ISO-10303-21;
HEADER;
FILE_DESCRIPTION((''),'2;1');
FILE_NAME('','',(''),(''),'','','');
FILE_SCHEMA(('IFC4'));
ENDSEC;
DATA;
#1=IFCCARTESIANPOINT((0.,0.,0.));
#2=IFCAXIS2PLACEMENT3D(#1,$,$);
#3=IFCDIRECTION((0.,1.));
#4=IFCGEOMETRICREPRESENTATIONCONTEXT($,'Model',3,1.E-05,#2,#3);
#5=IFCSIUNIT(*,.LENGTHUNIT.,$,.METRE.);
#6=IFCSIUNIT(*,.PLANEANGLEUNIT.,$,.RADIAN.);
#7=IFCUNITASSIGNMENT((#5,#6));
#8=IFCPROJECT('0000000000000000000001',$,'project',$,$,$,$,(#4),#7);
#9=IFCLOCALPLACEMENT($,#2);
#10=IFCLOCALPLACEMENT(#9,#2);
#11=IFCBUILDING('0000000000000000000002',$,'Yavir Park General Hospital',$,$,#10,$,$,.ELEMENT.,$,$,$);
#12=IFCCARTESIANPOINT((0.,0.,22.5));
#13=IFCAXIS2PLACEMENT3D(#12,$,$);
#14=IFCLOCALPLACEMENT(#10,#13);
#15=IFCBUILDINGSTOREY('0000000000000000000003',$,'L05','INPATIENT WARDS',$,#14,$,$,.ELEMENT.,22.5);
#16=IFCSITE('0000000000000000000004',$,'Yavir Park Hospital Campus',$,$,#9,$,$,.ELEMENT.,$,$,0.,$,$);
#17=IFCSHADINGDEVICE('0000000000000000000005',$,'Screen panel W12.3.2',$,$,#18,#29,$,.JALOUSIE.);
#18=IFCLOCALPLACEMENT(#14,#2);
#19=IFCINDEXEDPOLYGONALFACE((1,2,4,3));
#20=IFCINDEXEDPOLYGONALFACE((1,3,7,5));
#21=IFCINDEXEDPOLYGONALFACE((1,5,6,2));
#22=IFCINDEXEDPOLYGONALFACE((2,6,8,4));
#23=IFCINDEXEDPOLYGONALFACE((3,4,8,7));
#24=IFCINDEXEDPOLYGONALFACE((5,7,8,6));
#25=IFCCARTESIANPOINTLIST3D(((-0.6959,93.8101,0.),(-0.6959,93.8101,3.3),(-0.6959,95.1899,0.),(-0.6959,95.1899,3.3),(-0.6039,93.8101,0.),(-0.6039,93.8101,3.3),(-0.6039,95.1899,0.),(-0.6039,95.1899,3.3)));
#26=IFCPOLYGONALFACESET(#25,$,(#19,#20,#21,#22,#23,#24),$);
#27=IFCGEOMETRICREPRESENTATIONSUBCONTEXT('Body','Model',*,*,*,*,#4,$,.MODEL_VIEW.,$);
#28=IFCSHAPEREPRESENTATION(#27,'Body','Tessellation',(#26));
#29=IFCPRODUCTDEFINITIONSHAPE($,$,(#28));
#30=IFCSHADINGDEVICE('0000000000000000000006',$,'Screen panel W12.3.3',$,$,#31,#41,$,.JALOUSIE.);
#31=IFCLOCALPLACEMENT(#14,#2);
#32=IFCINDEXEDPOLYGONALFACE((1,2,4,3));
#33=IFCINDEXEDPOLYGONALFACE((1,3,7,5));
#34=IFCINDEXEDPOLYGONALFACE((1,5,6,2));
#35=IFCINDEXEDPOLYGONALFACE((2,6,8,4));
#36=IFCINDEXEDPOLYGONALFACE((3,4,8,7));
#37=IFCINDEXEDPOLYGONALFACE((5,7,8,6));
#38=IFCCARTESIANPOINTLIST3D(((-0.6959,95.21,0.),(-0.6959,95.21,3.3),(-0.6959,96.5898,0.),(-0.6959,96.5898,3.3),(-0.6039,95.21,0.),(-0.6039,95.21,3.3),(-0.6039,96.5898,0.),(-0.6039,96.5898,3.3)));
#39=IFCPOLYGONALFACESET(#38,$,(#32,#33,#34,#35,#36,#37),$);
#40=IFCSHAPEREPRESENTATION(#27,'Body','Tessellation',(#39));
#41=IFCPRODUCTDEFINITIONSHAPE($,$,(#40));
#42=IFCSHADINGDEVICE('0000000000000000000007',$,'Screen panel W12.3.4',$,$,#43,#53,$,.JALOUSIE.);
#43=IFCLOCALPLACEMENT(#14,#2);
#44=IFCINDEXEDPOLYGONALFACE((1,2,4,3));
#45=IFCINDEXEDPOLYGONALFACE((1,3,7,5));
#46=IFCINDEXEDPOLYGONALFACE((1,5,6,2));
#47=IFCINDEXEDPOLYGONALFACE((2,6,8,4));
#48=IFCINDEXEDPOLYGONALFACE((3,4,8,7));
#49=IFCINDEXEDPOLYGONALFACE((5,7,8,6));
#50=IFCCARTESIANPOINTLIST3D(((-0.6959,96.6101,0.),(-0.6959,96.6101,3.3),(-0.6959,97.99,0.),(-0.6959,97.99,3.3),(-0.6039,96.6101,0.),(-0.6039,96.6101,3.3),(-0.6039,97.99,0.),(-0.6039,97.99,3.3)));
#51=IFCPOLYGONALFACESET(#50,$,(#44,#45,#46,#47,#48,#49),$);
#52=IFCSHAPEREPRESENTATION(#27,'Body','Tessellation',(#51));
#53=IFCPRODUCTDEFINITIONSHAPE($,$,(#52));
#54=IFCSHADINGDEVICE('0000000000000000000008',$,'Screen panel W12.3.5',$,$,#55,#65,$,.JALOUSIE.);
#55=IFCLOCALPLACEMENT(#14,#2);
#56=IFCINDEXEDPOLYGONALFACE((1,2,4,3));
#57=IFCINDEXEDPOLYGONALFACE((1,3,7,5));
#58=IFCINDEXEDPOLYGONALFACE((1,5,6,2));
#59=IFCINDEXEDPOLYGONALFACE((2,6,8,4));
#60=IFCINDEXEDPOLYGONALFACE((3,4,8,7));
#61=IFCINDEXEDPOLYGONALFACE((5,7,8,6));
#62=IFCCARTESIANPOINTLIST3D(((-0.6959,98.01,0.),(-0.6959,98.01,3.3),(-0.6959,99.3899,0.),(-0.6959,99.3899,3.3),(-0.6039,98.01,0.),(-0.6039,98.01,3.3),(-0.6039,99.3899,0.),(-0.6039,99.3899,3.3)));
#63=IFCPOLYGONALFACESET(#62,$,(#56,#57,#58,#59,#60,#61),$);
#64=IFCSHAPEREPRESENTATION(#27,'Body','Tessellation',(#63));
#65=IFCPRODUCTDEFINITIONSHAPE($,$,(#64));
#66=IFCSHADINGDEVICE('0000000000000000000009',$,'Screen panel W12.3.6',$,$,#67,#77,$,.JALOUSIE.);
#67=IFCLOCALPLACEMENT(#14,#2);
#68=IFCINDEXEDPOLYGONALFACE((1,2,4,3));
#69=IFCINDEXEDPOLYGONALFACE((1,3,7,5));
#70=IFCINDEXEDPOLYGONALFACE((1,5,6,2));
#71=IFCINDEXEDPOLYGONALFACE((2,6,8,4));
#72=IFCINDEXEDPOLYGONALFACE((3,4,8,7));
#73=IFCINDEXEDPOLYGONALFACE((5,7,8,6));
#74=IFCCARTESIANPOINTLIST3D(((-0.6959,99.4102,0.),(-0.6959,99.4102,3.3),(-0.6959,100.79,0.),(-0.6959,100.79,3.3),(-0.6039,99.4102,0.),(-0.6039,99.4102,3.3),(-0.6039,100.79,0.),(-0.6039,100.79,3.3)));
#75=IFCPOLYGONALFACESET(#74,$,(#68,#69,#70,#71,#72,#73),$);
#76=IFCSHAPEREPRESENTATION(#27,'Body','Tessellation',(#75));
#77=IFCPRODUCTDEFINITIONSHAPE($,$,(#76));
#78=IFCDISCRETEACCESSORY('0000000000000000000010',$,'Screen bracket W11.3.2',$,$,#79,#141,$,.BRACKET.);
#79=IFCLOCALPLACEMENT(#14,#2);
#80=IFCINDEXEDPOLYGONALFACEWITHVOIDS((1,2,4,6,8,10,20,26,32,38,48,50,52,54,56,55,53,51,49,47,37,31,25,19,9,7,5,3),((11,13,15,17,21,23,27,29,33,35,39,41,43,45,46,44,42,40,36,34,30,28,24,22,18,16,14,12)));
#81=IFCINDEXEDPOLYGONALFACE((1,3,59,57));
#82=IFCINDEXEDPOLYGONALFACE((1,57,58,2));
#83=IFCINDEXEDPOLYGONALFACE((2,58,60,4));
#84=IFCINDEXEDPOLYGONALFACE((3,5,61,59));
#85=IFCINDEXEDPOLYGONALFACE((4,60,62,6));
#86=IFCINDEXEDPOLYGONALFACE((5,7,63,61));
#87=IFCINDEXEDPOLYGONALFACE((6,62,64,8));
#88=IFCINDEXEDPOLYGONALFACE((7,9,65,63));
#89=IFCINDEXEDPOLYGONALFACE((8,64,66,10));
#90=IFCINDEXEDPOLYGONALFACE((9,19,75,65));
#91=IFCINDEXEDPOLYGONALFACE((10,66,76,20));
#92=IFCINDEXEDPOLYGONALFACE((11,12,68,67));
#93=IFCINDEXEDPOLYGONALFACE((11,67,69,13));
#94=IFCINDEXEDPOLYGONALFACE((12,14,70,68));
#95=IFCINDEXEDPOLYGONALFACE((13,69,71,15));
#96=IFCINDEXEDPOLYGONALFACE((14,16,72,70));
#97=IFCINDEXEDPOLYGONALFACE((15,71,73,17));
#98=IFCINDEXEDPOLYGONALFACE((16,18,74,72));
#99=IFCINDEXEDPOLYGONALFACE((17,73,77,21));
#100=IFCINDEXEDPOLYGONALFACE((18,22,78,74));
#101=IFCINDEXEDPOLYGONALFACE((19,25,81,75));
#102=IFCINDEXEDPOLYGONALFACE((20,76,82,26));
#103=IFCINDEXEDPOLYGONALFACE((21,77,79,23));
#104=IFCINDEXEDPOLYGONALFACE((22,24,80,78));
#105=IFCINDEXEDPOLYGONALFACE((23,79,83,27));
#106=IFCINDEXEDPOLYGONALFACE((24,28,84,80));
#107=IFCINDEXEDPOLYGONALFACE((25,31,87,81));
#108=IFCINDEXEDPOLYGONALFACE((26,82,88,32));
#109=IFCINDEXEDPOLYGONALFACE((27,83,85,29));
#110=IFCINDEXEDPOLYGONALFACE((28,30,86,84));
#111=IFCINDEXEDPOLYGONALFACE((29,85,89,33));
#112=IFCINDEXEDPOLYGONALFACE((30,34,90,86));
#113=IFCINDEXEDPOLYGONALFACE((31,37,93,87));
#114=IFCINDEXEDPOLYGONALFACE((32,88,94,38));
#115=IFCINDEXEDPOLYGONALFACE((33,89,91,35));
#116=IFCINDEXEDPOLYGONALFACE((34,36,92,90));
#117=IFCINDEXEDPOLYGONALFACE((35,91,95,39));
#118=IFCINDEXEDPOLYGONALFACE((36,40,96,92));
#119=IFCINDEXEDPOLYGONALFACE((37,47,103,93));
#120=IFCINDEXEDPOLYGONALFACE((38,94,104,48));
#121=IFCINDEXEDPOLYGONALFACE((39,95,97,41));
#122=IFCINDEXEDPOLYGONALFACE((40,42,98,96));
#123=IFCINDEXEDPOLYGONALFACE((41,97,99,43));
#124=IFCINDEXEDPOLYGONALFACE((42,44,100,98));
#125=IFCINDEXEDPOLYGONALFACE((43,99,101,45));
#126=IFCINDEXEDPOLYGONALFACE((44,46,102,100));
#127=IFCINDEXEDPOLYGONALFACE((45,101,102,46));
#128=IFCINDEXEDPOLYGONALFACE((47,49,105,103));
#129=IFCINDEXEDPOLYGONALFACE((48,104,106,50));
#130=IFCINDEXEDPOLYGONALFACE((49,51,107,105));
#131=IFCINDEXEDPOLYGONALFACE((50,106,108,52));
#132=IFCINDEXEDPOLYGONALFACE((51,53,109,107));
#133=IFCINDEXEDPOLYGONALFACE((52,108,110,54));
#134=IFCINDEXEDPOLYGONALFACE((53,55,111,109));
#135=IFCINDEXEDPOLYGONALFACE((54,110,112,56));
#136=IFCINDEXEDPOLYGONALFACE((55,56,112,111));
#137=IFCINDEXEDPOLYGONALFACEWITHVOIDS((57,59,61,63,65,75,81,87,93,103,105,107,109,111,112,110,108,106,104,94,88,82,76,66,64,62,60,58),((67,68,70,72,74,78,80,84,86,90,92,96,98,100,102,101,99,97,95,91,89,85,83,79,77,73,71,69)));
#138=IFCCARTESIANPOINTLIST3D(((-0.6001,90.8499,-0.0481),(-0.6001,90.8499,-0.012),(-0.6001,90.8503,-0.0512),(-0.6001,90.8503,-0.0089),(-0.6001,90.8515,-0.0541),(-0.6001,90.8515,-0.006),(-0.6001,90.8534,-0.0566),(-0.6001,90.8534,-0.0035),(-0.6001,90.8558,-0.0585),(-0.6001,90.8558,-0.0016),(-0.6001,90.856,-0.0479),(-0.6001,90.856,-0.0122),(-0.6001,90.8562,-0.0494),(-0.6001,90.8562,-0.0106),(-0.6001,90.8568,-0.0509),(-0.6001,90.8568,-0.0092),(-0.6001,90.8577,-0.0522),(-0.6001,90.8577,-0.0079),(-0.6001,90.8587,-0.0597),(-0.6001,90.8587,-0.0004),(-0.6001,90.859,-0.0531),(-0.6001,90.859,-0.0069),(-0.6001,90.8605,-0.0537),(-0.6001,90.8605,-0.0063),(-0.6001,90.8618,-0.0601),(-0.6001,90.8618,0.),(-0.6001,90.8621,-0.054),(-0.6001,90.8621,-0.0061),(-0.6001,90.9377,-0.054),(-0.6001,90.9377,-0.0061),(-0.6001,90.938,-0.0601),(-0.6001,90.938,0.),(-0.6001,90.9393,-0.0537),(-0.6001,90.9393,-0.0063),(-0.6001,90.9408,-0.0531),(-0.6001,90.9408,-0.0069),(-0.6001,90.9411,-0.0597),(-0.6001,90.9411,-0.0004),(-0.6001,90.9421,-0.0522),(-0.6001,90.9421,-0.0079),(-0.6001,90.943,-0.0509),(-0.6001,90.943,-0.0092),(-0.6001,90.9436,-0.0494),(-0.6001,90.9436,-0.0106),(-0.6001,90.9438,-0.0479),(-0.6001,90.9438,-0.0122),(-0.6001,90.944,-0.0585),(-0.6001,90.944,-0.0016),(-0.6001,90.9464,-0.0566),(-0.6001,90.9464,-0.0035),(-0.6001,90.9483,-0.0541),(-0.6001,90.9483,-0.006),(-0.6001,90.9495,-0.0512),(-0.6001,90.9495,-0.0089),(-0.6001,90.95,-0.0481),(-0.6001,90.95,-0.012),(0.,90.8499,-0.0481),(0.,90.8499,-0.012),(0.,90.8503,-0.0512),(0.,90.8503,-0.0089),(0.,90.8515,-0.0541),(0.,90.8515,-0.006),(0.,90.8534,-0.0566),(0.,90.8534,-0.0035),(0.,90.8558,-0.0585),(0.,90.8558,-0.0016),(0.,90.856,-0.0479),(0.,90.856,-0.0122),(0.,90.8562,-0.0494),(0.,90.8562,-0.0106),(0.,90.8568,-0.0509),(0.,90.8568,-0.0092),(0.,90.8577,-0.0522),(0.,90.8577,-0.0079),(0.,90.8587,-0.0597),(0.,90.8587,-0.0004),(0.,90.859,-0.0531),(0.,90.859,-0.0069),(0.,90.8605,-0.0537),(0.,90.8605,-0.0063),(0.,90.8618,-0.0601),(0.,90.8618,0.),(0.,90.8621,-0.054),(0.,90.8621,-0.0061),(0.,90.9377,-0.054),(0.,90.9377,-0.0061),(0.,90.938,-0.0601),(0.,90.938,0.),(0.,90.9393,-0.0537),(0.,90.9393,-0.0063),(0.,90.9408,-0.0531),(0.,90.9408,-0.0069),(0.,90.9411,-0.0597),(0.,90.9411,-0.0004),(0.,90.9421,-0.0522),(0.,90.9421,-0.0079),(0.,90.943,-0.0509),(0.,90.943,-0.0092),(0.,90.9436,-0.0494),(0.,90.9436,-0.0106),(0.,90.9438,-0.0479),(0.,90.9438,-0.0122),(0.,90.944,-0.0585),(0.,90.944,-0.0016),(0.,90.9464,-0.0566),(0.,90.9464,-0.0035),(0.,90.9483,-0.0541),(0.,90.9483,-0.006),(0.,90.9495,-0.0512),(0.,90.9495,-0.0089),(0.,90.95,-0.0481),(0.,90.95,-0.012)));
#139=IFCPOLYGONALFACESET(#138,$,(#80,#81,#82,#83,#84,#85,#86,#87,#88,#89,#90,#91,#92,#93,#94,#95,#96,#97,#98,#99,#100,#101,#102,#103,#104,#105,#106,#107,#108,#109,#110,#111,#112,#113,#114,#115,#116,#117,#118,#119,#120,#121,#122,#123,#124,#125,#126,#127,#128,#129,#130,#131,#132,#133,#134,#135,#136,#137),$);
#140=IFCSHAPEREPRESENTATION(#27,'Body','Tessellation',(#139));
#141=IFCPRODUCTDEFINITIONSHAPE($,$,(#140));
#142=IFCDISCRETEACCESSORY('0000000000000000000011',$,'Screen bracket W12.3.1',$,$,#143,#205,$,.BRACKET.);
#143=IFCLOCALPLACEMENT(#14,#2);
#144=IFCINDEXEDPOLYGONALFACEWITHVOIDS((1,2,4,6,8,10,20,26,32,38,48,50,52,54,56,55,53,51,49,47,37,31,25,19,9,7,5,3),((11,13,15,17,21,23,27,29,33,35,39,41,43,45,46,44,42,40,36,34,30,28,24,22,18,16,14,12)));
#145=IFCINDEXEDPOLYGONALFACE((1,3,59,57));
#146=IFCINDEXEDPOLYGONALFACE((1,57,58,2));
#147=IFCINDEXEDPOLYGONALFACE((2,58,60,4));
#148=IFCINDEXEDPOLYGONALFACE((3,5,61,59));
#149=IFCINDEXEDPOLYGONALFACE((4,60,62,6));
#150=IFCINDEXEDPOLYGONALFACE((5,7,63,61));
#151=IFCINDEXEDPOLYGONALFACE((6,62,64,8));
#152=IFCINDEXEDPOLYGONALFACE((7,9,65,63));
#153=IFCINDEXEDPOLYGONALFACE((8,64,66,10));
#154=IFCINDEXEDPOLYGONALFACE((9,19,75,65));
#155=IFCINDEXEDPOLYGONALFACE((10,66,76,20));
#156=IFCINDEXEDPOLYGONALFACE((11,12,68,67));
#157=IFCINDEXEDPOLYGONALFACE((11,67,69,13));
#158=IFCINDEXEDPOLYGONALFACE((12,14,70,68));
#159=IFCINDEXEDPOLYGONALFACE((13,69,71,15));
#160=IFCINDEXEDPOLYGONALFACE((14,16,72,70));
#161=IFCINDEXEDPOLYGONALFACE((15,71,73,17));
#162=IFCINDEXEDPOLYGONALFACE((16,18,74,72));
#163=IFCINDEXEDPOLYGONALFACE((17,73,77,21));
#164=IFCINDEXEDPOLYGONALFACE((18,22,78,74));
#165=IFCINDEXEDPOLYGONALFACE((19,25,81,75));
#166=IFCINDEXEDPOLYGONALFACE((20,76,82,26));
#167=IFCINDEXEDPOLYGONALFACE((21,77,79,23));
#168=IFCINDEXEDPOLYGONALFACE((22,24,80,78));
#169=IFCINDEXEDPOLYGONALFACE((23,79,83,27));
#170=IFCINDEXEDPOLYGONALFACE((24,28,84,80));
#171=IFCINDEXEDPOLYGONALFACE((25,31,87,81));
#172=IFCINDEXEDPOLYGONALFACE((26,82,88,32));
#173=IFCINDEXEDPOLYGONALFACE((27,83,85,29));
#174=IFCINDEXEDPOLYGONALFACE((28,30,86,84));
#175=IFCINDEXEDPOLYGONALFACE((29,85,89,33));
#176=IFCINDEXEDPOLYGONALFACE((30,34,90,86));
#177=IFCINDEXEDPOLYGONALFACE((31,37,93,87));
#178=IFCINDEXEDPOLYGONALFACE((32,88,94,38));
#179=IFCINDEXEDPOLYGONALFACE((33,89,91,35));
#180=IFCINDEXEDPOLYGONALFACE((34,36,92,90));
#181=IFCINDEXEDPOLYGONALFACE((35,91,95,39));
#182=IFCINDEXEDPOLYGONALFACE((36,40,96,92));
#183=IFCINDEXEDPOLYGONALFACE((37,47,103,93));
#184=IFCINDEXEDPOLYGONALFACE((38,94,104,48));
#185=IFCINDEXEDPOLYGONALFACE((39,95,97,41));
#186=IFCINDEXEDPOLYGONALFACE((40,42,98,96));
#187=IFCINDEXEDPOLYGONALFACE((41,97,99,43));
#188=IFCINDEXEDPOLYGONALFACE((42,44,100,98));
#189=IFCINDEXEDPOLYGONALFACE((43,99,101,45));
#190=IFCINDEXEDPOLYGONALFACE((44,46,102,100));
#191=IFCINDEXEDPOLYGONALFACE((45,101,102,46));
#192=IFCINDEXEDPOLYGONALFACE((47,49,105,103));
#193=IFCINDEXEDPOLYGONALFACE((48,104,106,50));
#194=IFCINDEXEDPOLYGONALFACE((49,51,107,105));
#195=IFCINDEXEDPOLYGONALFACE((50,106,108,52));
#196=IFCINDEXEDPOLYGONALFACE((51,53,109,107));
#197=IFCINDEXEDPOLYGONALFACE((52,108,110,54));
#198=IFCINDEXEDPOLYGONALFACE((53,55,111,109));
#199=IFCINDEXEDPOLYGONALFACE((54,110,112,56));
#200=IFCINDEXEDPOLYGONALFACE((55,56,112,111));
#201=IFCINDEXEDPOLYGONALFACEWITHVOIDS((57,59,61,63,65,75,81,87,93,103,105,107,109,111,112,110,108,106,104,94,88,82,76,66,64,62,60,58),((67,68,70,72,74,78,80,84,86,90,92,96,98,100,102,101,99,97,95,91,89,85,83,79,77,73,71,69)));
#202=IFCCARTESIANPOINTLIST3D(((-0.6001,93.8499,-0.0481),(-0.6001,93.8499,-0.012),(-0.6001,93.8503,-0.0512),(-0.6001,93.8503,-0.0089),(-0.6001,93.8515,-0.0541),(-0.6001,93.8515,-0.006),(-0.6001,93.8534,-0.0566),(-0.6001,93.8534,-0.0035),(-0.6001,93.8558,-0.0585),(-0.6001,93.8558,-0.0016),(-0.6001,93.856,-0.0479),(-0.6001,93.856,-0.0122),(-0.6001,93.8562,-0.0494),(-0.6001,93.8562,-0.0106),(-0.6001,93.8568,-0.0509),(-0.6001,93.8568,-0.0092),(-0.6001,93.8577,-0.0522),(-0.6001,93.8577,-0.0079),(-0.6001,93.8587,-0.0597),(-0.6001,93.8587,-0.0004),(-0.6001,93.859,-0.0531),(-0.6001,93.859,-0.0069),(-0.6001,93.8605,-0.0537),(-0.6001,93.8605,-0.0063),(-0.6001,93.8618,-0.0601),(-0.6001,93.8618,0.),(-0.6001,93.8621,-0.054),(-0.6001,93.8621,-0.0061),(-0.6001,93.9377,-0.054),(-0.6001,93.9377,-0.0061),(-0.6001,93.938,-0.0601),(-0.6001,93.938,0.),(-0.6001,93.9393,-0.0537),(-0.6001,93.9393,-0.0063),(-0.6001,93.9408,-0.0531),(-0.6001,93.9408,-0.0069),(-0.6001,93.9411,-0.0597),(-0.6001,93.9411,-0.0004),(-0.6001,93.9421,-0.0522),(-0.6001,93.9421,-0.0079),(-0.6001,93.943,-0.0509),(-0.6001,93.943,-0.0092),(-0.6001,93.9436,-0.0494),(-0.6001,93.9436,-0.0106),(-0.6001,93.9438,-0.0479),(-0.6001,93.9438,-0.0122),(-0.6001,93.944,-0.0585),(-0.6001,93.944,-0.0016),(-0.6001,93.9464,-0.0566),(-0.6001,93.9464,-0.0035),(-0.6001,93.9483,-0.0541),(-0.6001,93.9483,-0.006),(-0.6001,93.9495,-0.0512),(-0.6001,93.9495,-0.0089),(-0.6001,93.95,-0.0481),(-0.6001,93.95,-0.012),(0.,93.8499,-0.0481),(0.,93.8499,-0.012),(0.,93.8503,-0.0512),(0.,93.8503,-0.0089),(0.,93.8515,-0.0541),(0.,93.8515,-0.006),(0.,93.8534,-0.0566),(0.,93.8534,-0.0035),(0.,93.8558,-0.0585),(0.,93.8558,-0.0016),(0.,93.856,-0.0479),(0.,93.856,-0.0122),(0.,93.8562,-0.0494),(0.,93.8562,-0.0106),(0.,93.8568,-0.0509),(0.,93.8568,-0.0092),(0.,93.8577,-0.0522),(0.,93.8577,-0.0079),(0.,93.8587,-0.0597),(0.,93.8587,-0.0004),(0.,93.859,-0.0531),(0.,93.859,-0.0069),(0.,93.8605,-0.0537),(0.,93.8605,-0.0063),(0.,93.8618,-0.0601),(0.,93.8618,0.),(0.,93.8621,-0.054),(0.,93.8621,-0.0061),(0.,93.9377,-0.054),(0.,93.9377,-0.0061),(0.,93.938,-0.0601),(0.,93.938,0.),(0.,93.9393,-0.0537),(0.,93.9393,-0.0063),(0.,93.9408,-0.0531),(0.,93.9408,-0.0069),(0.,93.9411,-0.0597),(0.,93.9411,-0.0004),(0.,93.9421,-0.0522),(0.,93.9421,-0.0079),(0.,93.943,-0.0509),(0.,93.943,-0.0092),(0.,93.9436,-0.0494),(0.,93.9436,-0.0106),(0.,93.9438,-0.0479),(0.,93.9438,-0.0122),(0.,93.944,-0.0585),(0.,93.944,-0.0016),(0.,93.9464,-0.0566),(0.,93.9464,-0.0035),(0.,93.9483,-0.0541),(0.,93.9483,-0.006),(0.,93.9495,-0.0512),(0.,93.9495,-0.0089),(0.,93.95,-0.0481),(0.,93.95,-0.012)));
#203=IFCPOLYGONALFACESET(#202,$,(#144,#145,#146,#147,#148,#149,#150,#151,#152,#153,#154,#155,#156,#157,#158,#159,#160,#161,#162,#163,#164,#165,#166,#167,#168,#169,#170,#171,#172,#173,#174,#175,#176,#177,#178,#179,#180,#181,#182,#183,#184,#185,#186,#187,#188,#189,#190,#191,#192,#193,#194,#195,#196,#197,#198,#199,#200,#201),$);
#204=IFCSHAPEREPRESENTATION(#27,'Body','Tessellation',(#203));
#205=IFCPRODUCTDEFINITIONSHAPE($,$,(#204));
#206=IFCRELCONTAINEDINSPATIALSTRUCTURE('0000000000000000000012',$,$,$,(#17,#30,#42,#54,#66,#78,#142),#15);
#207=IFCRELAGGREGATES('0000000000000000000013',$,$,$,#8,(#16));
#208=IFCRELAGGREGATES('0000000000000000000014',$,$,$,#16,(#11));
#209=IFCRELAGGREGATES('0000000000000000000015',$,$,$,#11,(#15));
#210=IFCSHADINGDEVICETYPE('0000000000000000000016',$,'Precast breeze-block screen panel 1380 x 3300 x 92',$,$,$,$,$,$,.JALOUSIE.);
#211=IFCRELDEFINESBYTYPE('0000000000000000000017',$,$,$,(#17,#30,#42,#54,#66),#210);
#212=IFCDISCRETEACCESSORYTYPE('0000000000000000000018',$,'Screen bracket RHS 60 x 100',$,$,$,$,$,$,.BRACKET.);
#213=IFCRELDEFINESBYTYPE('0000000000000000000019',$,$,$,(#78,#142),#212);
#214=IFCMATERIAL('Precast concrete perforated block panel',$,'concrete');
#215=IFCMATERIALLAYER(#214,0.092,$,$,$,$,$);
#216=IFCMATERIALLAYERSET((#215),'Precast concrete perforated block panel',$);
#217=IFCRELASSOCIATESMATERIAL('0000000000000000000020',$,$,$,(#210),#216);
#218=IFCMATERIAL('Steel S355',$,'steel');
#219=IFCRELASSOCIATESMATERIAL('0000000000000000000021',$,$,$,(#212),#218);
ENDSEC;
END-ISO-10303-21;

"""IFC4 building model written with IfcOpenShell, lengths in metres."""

from ifc_helpers import new_model, si_unit, direction, frame, origin, origin_2d, place, context, subcontext, project, spatial, rectangle, hollow_rectangle, extrude, material, layer, layer_set, material_profile, profile_set, type_object, element, save


model = new_model("IFC4")

# Units and contexts
model_context = context("Model", 3, precision=1e-05, world=origin(), true_north=direction((0.0, 1.0)))
body_context = subcontext(model_context, "Body", "Model", "MODEL_VIEW")
ifc_project = project(units=[si_unit("LENGTHUNIT", "METRE"), si_unit("PLANEANGLEUNIT", "RADIAN")], contexts=[model_context])

# Site, building, storey
site_placement = place(None, origin())
site = spatial("IfcSite", under=ifc_project, at=site_placement, Name="Yavir Park Hospital Campus", CompositionType="ELEMENT", RefElevation=0.0)
building_placement = place(site_placement, origin())
building = spatial("IfcBuilding", under=site, at=building_placement, Name="Yavir Park General Hospital", CompositionType="ELEMENT")
storey_placement = place(building_placement, frame((0.0, 0.0, 22.5)))
storey = spatial("IfcBuildingStorey", under=building, at=storey_placement, Name="L05", Description="INPATIENT WARDS", CompositionType="ELEMENT", Elevation=22.5)

# Shading devices
ifc_material_1 = material(Name="Precast concrete perforated block panel", Category="concrete")
ifc_layer_1 = layer(ifc_material_1, 0.092)
ifc_layer_set_1 = layer_set([ifc_layer_1], Name="Precast concrete perforated block panel")
shading_device_type = type_object("IfcShadingDeviceType", Name="Precast breeze-block screen panel 1380 x 3300 x 92", PredefinedType="JALOUSIE", material=ifc_layer_set_1)
for number, where, z_axis, x_axis, name in (
    (1, (-0.6499, 94.5, 0.0), (0.0, 0.0, 1.0), (1.0, 0.0, 0.0), "Screen panel W12.3.2"),
    (2, (-0.6499, 95.8999, 0.0), (0.0, 0.0, 1.0), (1.0, 0.0, 0.0), "Screen panel W12.3.3"),
    (3, (-0.6499, 97.3, 0.0), (0.0, 0.0, 1.0), (1.0, 0.0, 0.0), "Screen panel W12.3.4"),
    (4, (-0.6499, 98.7, 0.0), (0.0, 0.0, 1.0), (1.0, 0.0, 0.0), "Screen panel W12.3.5"),
    (5, (-0.6499, 100.1001, 0.0), (0.0, 0.0, 1.0), (1.0, 0.0, 0.0), "Screen panel W12.3.6"),
):
    element("IfcShadingDevice", number, at=place(storey_placement, frame(where, z_axis=z_axis, x_axis=x_axis)), inside=storey, type_object=shading_device_type, Name=name, PredefinedType="JALOUSIE", context=body_context, shape_type="SweptSolid", body=[
        extrude(rectangle(XDim=0.092, YDim=1.3799, at=origin_2d()), origin(), (0.0, 0.0, 1.0), 3.3),
    ])

# Discrete accessories
ifc_material_2 = material(Name="Steel S355", Category="steel")
ifc_material_profile_1 = material_profile(ifc_material_2, hollow_rectangle(XDim=0.1001, YDim=0.0601, WallThickness=0.0061, InnerFilletRadius=0.0061, OuterFilletRadius=0.012, at=origin_2d()), Name="RHS60x100x6")
ifc_profile_set_1 = profile_set([ifc_material_profile_1], Name="Steel S355")
discrete_accessory_type_1 = type_object("IfcDiscreteAccessoryType", Name="Screen bracket RHS 60 x 100", PredefinedType="BRACKET", material=ifc_profile_set_1)
for number, where, z_axis, x_axis, name in (
    (6, (0.0, 90.8999, -0.03), (-1.0, 0.0, 0.0), (0.0, -1.0, 0.0), "Screen bracket W11.3.2"),
    (7, (0.0, 93.8999, -0.03), (-1.0, 0.0, 0.0), (0.0, -1.0, 0.0), "Screen bracket W12.3.1"),
):
    element("IfcDiscreteAccessory", number, at=place(storey_placement, frame(where, z_axis=z_axis, x_axis=x_axis)), inside=storey, type_object=discrete_accessory_type_1, Name=name, PredefinedType="BRACKET", context=body_context, shape_type="SweptSolid", body=[
        extrude(hollow_rectangle(XDim=0.1001, YDim=0.0601, WallThickness=0.0061, InnerFilletRadius=0.0061, OuterFilletRadius=0.012, at=origin_2d()), origin(), (0.0, 0.0, 1.0), 0.6001),
    ])

save(model, "model.ifc")
